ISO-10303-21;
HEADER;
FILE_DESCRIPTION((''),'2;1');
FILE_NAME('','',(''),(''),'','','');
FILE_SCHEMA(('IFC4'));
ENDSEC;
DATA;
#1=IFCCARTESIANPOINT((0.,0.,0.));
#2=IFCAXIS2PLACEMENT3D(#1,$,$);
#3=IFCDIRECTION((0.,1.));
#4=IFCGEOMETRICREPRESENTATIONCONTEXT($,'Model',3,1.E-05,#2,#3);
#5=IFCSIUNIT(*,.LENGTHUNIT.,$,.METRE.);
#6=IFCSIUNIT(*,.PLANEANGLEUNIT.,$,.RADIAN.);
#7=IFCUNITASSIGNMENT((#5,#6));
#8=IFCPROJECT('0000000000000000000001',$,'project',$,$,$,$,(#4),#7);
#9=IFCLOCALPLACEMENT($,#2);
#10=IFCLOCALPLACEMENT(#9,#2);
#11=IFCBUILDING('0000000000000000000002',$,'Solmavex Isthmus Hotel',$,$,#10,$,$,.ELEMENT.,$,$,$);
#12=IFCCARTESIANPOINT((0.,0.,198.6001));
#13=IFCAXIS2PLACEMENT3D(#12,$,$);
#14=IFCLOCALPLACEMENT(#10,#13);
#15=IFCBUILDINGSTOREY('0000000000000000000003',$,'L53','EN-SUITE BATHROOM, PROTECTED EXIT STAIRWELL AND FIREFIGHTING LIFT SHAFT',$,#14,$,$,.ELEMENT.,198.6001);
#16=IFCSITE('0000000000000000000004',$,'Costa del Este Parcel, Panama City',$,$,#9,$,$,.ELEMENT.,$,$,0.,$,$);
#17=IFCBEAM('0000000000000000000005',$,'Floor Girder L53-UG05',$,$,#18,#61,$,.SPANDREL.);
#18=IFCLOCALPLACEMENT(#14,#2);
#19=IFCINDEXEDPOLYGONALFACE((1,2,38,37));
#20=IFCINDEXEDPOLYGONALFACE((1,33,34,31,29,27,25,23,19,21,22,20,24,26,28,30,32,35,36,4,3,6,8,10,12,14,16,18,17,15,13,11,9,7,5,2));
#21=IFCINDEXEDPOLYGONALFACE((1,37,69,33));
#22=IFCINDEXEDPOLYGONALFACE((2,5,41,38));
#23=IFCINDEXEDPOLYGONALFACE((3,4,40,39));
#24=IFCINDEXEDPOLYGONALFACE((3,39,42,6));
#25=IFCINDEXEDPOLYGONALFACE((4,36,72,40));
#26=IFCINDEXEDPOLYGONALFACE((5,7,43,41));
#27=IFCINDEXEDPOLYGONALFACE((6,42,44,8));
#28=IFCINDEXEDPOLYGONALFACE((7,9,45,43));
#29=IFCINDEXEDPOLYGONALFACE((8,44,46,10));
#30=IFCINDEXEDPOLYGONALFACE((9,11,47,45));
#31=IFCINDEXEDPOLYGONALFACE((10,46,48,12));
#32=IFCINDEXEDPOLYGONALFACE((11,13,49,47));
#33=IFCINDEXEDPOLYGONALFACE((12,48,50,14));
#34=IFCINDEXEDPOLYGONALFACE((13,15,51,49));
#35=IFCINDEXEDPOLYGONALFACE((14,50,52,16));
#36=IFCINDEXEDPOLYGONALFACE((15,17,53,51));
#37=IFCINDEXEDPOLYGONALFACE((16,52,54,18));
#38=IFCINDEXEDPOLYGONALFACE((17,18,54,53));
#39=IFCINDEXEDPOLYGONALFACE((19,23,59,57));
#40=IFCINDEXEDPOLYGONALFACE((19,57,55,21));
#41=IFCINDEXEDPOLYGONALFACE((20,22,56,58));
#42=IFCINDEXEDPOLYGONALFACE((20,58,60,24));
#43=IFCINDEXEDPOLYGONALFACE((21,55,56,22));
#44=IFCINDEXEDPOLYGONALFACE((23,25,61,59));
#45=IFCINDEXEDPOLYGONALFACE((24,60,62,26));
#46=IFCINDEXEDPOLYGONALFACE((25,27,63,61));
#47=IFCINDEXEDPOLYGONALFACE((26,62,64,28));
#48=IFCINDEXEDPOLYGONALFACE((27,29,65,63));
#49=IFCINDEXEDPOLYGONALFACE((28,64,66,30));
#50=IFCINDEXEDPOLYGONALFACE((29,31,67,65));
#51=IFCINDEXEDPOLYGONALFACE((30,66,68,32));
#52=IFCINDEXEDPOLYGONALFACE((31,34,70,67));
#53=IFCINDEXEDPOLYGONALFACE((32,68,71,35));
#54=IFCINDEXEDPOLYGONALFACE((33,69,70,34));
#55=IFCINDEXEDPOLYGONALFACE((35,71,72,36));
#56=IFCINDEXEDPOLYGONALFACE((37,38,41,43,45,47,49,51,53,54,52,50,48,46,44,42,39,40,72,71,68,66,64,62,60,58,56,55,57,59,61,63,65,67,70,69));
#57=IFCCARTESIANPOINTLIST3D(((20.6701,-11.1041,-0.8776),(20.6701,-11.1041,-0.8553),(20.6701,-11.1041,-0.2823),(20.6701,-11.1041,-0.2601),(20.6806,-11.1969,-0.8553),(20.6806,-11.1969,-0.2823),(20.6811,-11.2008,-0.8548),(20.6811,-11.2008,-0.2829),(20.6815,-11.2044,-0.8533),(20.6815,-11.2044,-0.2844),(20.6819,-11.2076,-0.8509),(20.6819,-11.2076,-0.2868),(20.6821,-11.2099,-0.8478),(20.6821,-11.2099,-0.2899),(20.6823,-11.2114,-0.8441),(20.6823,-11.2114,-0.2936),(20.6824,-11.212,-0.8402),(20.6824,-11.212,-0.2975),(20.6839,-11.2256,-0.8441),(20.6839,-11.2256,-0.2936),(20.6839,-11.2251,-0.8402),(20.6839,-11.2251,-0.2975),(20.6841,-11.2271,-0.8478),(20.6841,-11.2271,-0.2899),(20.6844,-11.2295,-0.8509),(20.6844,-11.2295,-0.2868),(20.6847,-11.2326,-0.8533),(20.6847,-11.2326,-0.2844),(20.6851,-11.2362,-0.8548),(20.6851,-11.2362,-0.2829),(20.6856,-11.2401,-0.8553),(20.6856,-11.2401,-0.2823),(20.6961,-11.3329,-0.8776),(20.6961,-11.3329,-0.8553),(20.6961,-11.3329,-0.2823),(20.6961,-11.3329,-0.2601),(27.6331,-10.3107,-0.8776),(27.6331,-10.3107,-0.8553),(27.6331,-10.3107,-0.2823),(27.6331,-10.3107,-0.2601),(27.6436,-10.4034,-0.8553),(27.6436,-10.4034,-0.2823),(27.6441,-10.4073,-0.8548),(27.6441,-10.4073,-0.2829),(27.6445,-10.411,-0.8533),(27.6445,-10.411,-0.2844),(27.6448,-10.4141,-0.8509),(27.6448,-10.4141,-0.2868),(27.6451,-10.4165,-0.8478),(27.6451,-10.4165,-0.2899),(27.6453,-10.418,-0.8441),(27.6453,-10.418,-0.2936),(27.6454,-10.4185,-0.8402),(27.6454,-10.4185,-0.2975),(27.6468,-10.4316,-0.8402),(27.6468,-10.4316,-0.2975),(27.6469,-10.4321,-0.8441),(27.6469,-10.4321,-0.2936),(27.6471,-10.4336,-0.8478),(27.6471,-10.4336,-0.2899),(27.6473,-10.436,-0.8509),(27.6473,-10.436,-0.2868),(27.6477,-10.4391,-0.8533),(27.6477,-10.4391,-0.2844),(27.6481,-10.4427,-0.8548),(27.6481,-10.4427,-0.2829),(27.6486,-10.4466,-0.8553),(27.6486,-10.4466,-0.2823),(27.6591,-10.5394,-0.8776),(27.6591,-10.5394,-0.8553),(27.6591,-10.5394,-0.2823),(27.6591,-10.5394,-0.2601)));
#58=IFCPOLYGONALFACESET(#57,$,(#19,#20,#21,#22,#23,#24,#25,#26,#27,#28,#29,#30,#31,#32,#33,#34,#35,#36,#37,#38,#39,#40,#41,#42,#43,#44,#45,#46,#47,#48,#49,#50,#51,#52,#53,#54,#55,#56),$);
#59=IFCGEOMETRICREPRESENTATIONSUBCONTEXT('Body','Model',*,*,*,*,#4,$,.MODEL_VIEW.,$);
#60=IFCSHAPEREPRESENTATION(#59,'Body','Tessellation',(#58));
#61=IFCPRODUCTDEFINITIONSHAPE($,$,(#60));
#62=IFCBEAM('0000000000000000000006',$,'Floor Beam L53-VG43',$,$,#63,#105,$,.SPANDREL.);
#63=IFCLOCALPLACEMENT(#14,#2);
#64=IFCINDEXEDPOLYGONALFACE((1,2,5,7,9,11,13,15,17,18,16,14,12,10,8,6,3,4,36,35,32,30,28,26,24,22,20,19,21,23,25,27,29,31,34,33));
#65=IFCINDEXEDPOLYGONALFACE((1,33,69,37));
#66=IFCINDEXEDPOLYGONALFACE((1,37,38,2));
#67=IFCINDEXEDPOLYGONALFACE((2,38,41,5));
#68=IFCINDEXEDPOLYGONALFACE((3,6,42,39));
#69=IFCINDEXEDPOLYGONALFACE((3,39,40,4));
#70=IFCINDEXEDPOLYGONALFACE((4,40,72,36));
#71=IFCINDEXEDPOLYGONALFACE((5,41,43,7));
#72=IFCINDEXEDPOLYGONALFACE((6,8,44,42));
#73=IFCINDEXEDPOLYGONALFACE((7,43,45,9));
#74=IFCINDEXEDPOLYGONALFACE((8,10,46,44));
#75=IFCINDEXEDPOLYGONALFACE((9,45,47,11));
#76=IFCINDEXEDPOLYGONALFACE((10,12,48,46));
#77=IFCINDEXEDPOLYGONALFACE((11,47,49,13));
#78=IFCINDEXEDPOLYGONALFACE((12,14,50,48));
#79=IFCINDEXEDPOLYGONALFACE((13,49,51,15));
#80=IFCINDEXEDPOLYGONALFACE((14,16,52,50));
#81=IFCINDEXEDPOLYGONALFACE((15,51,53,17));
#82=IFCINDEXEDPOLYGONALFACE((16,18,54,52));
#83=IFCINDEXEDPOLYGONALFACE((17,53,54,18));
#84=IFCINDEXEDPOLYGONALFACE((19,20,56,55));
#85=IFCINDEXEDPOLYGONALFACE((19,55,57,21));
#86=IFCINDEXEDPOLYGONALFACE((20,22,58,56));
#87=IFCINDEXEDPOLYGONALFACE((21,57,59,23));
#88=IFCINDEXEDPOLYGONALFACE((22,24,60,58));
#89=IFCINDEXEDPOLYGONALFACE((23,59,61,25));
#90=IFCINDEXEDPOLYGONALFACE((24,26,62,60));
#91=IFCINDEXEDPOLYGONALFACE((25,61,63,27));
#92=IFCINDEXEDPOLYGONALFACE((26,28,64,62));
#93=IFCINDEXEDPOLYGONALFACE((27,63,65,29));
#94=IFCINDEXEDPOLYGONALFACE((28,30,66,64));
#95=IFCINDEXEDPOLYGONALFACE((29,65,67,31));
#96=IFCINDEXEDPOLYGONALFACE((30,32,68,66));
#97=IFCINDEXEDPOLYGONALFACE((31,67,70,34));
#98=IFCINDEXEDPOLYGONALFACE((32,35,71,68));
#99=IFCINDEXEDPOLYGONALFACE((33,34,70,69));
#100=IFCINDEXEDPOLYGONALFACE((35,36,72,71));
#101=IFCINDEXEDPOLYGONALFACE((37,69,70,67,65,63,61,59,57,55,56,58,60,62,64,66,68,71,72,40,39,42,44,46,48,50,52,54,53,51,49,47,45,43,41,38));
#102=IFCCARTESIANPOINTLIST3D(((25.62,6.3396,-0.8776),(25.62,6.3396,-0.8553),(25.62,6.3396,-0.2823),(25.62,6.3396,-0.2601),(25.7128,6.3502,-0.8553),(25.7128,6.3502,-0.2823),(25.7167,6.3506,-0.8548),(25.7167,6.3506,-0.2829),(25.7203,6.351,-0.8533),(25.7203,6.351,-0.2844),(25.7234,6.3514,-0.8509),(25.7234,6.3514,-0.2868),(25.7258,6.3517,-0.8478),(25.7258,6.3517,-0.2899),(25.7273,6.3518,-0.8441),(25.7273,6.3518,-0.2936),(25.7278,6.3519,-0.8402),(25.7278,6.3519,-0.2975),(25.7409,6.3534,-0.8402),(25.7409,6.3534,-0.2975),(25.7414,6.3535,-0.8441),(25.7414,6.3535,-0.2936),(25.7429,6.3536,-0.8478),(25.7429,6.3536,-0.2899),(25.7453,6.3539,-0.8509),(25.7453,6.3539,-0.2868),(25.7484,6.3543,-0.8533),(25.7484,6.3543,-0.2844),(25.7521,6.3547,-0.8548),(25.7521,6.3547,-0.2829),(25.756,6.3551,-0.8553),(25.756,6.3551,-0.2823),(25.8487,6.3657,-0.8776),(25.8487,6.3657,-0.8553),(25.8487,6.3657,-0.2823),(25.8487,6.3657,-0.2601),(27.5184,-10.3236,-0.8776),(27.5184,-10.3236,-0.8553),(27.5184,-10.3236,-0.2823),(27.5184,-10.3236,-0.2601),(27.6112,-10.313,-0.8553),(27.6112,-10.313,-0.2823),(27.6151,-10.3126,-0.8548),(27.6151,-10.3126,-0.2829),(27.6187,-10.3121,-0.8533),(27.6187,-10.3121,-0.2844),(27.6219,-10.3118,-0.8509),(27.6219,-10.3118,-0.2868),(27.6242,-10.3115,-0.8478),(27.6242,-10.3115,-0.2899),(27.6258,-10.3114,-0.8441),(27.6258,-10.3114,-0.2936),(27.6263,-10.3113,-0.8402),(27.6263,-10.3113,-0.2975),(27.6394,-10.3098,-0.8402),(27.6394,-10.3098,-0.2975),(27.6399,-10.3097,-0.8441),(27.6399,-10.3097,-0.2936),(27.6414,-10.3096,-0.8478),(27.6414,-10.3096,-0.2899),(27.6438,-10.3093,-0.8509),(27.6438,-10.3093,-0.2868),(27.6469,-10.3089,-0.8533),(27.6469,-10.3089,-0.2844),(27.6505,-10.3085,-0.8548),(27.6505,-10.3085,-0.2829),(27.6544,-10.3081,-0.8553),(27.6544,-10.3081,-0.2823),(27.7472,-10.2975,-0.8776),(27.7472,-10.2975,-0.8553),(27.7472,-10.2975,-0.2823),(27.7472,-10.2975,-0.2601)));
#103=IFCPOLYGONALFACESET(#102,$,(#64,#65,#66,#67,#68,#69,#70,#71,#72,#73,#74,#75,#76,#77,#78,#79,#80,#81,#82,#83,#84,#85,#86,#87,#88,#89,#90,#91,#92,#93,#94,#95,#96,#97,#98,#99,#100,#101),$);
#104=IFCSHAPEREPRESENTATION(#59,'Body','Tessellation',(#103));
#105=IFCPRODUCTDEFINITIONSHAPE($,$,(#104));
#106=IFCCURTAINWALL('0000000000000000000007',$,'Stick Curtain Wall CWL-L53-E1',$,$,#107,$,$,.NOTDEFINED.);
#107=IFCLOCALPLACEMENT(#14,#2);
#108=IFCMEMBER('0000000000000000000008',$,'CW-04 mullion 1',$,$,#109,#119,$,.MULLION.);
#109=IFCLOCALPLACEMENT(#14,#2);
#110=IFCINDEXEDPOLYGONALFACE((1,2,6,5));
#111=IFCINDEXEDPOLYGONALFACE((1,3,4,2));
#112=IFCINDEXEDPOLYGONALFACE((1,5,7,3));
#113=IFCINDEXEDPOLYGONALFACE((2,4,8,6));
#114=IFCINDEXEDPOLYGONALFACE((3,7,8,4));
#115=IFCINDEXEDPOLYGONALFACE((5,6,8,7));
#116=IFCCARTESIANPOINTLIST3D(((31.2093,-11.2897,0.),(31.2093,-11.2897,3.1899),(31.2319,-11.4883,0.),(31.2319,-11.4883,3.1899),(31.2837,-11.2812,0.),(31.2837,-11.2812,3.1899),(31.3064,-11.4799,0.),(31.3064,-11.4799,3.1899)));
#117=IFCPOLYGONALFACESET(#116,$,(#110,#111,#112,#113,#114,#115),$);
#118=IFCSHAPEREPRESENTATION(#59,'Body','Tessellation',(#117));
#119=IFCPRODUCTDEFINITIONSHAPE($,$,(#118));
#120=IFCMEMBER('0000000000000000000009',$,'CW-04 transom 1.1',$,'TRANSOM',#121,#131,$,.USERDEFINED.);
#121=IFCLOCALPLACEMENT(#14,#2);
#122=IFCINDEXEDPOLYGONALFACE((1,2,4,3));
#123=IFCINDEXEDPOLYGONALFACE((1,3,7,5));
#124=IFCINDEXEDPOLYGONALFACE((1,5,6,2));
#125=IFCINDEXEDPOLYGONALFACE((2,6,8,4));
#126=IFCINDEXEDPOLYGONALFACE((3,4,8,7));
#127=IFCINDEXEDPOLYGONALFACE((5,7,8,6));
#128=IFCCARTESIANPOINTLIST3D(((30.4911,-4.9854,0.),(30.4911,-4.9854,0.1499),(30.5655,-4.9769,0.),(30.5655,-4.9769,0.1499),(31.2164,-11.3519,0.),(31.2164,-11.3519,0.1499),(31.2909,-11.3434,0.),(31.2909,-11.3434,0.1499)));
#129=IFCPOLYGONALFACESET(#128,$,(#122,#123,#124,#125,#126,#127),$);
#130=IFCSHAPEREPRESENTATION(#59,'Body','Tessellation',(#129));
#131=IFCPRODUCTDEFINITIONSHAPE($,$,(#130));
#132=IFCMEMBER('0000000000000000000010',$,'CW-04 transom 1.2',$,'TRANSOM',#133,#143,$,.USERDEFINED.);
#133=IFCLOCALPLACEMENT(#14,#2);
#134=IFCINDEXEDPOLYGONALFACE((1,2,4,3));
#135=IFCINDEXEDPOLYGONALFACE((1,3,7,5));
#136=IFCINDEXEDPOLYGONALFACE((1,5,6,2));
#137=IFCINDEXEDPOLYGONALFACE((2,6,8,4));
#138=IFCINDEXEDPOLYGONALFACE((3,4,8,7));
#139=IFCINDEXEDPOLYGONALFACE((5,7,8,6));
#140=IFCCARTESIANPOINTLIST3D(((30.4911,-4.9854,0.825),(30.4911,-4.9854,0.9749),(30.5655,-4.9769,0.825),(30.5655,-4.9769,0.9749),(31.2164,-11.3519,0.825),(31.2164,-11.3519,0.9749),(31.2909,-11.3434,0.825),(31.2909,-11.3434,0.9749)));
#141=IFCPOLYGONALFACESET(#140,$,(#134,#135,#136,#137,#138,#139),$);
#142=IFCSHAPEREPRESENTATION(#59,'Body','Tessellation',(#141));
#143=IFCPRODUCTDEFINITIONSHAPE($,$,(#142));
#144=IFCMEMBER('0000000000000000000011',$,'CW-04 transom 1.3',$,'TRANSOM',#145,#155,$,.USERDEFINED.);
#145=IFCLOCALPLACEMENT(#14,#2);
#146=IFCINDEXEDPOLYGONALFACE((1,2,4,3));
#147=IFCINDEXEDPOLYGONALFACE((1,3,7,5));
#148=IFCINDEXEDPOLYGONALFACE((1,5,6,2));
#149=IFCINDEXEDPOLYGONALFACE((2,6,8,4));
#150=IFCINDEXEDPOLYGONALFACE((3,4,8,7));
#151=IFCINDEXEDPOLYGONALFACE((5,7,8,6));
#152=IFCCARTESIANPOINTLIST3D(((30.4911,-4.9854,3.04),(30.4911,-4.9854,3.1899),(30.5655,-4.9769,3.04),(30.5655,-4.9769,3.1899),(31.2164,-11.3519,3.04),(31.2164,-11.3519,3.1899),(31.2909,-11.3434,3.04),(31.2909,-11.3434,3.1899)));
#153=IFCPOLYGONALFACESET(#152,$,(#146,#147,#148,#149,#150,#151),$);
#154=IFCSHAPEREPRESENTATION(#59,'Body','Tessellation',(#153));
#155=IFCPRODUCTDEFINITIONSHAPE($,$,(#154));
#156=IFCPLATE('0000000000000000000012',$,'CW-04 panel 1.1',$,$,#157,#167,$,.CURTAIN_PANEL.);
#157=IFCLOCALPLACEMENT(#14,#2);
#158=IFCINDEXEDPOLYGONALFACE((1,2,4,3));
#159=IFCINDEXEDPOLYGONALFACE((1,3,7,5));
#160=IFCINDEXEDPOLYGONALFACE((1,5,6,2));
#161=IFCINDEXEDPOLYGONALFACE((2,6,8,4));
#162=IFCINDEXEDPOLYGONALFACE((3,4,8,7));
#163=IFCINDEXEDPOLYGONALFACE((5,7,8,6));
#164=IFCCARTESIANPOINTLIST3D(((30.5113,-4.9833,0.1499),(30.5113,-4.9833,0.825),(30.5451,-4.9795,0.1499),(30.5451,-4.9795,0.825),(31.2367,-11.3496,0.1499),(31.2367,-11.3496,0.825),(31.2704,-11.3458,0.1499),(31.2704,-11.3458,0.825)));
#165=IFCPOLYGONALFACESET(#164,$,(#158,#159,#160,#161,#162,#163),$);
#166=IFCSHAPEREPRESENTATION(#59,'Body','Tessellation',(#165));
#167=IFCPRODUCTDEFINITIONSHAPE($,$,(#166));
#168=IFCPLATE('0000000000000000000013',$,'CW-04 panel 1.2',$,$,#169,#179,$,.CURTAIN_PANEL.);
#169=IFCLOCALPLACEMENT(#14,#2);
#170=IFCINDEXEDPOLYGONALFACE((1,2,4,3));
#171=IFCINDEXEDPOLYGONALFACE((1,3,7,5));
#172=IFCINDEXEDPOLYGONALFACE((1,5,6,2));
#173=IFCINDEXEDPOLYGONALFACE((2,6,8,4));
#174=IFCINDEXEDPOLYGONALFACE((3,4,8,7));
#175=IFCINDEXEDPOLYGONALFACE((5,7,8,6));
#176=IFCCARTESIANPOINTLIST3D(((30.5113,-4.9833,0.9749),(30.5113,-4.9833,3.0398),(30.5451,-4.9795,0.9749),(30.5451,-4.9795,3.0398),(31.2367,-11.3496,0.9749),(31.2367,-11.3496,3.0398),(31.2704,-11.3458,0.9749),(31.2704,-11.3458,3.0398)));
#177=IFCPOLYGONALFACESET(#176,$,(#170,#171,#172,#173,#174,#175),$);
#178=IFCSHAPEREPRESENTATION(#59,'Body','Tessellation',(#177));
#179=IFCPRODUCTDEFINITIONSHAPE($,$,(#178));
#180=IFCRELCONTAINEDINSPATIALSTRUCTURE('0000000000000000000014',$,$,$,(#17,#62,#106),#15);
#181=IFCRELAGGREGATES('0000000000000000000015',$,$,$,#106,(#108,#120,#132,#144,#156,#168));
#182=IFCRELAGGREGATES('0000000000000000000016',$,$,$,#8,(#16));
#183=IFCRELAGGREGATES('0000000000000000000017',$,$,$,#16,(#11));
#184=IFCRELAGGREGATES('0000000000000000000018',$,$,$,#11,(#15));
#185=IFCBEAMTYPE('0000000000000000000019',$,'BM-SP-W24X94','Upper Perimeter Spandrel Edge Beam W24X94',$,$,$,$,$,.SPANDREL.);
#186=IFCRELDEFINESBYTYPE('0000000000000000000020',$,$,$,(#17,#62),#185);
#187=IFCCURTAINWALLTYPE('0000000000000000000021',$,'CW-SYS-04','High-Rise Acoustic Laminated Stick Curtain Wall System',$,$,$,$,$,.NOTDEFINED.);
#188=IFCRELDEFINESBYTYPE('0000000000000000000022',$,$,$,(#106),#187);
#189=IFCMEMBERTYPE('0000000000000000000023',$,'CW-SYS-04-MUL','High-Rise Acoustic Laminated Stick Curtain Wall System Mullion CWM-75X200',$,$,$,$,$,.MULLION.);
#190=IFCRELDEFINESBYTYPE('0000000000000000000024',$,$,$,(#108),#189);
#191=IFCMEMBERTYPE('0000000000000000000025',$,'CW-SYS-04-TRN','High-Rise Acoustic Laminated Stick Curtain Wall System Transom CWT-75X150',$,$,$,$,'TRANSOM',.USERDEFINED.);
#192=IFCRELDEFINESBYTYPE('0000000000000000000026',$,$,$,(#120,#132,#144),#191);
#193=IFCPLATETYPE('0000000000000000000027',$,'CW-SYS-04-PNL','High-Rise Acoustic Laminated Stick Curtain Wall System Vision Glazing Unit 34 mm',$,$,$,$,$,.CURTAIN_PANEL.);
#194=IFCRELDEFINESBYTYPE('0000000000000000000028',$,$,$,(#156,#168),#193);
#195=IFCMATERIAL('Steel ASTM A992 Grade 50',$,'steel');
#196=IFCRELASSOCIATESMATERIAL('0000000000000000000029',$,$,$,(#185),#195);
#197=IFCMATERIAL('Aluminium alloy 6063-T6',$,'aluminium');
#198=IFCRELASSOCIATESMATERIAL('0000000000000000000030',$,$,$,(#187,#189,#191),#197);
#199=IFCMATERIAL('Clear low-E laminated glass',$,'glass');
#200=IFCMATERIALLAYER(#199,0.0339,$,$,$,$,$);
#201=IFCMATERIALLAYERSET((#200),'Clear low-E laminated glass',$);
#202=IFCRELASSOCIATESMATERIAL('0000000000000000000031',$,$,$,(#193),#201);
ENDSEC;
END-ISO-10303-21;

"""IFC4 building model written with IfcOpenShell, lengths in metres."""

from ifc_helpers import new_model, si_unit, direction, frame, origin, origin_2d, place, context, subcontext, project, spatial, rectangle, i_section, extrude, material, layer, layer_set, material_profile, profile_set, type_object, element, aggregate, save


model = new_model("IFC4")

# Units and contexts
model_context = context("Model", 3, precision=1e-05, world=origin(), true_north=direction((0.0, 1.0)))
body_context = subcontext(model_context, "Body", "Model", "MODEL_VIEW")
ifc_project = project(units=[si_unit("LENGTHUNIT", "METRE"), si_unit("PLANEANGLEUNIT", "RADIAN")], contexts=[model_context])

# Site, building, storey
site_placement = place(None, origin())
site = spatial("IfcSite", under=ifc_project, at=site_placement, Name="Costa del Este Parcel, Panama City", CompositionType="ELEMENT", RefElevation=0.0)
building_placement = place(site_placement, origin())
building = spatial("IfcBuilding", under=site, at=building_placement, Name="Solmavex Isthmus Hotel", CompositionType="ELEMENT")
storey_placement = place(building_placement, frame((0.0, 0.0, 198.6001)))
storey = spatial("IfcBuildingStorey", under=building, at=storey_placement, Name="L53", Description="EN-SUITE BATHROOM, PROTECTED EXIT STAIRWELL AND FIREFIGHTING LIFT SHAFT", CompositionType="ELEMENT", Elevation=198.6001)

# Beams
ifc_material_1 = material(Name="Steel ASTM A992 Grade 50", Category="steel")
ifc_material_profile_1 = material_profile(ifc_material_1, i_section(OverallWidth=0.2302, OverallDepth=0.6174, WebThickness=0.0132, FlangeThickness=0.0222, FilletRadius=0.0151, at=origin_2d()), Name="W24X94")
ifc_profile_set_1 = profile_set([ifc_material_profile_1], Name="Steel ASTM A992 Grade 50")
beam_type_1 = type_object("IfcBeamType", Name="BM-SP-W24X94", Description="Upper Perimeter Spandrel Edge Beam W24X94", PredefinedType="SPANDREL", material=ifc_profile_set_1)
beam_1_placement = place(storey_placement, frame((20.6831, -11.2185, -0.5688), z_axis=(0.99357, 0.113222, 0.0), x_axis=(-0.113222, 0.99357, 0.0)))
element("IfcBeam", 1, at=beam_1_placement, inside=storey, type_object=beam_type_1, Name="Floor Girder L53-UG05", PredefinedType="SPANDREL", context=body_context, shape_type="SweptSolid", body=[
    extrude(i_section(OverallWidth=0.2302, OverallDepth=0.6174, WebThickness=0.0132, FlangeThickness=0.0222, FilletRadius=0.0151, at=origin_2d()), origin(), (0.0, 0.0, 1.0), 7.0081),
])
beam_2_placement = place(storey_placement, frame((27.6328, -10.3105, -0.5688), z_axis=(-0.113198, 0.993572, 0.0), x_axis=(-0.993572, -0.113198, 0.0)))
element("IfcBeam", 2, at=beam_2_placement, inside=storey, type_object=beam_type_1, Name="Floor Beam L53-VG43", PredefinedType="SPANDREL", context=body_context, shape_type="SweptSolid", body=[
    extrude(i_section(OverallWidth=0.2302, OverallDepth=0.6174, WebThickness=0.0132, FlangeThickness=0.0222, FilletRadius=0.0151, at=origin_2d()), origin(), (0.0, 0.0, 1.0), 16.771),
])

# Curtain wall, members, plates
ifc_material_2 = material(Name="Aluminium alloy 6063-T6", Category="aluminium")
curtain_wall_type = type_object("IfcCurtainWallType", Name="CW-SYS-04", Description="High-Rise Acoustic Laminated Stick Curtain Wall System", PredefinedType="NOTDEFINED", material=ifc_material_2)
curtain_wall_placement = place(storey_placement, origin())
curtain_wall = element("IfcCurtainWall", 3, at=curtain_wall_placement, inside=storey, type_object=curtain_wall_type, Name="Stick Curtain Wall CWL-L53-E1", PredefinedType="NOTDEFINED")
ifc_material_profile_2 = material_profile(ifc_material_2, rectangle(XDim=0.075, YDim=0.2, at=origin_2d()), Name="CWM-75X200")
ifc_profile_set_2 = profile_set([ifc_material_profile_2], Name="Aluminium alloy 6063-T6")
member_type_1 = type_object("IfcMemberType", Name="CW-SYS-04-MUL", Description="High-Rise Acoustic Laminated Stick Curtain Wall System Mullion CWM-75X200", PredefinedType="MULLION", material=ifc_profile_set_2)
member_1_placement = place(storey_placement, frame((31.2578, -11.3848, 0.0), z_axis=(0.0, 0.0, 1.0), x_axis=(-0.993572, -0.113203, 0.0)))
member_1 = element("IfcMember", 4, at=member_1_placement, type_object=member_type_1, Name="CW-04 mullion 1", PredefinedType="MULLION", context=body_context, shape_type="SweptSolid", body=[
    extrude(rectangle(XDim=0.075, YDim=0.2, at=origin_2d()), origin(), (0.0, 0.0, 1.0), 3.1899),
])
ifc_material_profile_3 = material_profile(ifc_material_2, rectangle(XDim=0.075, YDim=0.1499, at=origin_2d()), Name="CWT-75X150")
ifc_profile_set_3 = profile_set([ifc_material_profile_3], Name="Aluminium alloy 6063-T6")
member_type_2 = type_object("IfcMemberType", Name="CW-SYS-04-TRN", Description="High-Rise Acoustic Laminated Stick Curtain Wall System Transom CWT-75X150", ElementType="TRANSOM", PredefinedType="USERDEFINED", material=ifc_profile_set_3)
member_2_placement = place(storey_placement, frame((31.2537, -11.3477, 0.075), z_axis=(-0.113199, 0.993572, 0.0), x_axis=(-0.993572, -0.113199, 0.0)))
member_2 = element("IfcMember", 5, at=member_2_placement, type_object=member_type_2, Name="CW-04 transom 1.1", ObjectType="TRANSOM", PredefinedType="USERDEFINED", context=body_context, shape_type="SweptSolid", body=[
    extrude(rectangle(XDim=0.075, YDim=0.1499, at=origin_2d()), origin(), (0.0, 0.0, 1.0), 6.4077),
])
member_3_placement = place(storey_placement, frame((31.2537, -11.3477, 0.8999), z_axis=(-0.113199, 0.993572, 0.0), x_axis=(-0.993572, -0.113199, 0.0)))
member_3 = element("IfcMember", 6, at=member_3_placement, type_object=member_type_2, Name="CW-04 transom 1.2", ObjectType="TRANSOM", PredefinedType="USERDEFINED", context=body_context, shape_type="SweptSolid", body=[
    extrude(rectangle(XDim=0.075, YDim=0.1499, at=origin_2d()), origin(), (0.0, 0.0, 1.0), 6.4077),
])
member_4_placement = place(storey_placement, frame((31.2537, -11.3477, 3.115), z_axis=(-0.113199, 0.993572, 0.0), x_axis=(-0.993572, -0.113199, 0.0)))
member_4 = element("IfcMember", 7, at=member_4_placement, type_object=member_type_2, Name="CW-04 transom 1.3", ObjectType="TRANSOM", PredefinedType="USERDEFINED", context=body_context, shape_type="SweptSolid", body=[
    extrude(rectangle(XDim=0.075, YDim=0.1499, at=origin_2d()), origin(), (0.0, 0.0, 1.0), 6.4077),
])
ifc_material_3 = material(Name="Clear low-E laminated glass", Category="glass")
ifc_layer_1 = layer(ifc_material_3, 0.0339)
ifc_layer_set_1 = layer_set([ifc_layer_1], Name="Clear low-E laminated glass")
plate_type = type_object("IfcPlateType", Name="CW-SYS-04-PNL", Description="High-Rise Acoustic Laminated Stick Curtain Wall System Vision Glazing Unit 34 mm", PredefinedType="CURTAIN_PANEL", material=ifc_layer_set_1)
plate_1_placement = place(storey_placement, frame((30.8909, -8.1646, 0.1499), z_axis=(0.0, 0.0, 1.0), x_axis=(-0.113203, 0.993572, 0.0)))
plate_1 = element("IfcPlate", 8, at=plate_1_placement, type_object=plate_type, Name="CW-04 panel 1.1", PredefinedType="CURTAIN_PANEL", context=body_context, shape_type="SweptSolid", body=[
    extrude(rectangle(XDim=6.4075, YDim=0.0339, at=origin_2d()), origin(), (0.0, 0.0, 1.0), 0.675),
])
plate_2_placement = place(storey_placement, frame((30.8909, -8.1646, 0.9749), z_axis=(0.0, 0.0, 1.0), x_axis=(-0.113203, 0.993572, 0.0)))
plate_2 = element("IfcPlate", 9, at=plate_2_placement, type_object=plate_type, Name="CW-04 panel 1.2", PredefinedType="CURTAIN_PANEL", context=body_context, shape_type="SweptSolid", body=[
    extrude(rectangle(XDim=6.4075, YDim=0.0339, at=origin_2d()), origin(), (0.0, 0.0, 1.0), 2.0649),
])
aggregate(curtain_wall, [member_1, member_2, member_3, member_4, plate_1, plate_2])

save(model, "model.ifc")
